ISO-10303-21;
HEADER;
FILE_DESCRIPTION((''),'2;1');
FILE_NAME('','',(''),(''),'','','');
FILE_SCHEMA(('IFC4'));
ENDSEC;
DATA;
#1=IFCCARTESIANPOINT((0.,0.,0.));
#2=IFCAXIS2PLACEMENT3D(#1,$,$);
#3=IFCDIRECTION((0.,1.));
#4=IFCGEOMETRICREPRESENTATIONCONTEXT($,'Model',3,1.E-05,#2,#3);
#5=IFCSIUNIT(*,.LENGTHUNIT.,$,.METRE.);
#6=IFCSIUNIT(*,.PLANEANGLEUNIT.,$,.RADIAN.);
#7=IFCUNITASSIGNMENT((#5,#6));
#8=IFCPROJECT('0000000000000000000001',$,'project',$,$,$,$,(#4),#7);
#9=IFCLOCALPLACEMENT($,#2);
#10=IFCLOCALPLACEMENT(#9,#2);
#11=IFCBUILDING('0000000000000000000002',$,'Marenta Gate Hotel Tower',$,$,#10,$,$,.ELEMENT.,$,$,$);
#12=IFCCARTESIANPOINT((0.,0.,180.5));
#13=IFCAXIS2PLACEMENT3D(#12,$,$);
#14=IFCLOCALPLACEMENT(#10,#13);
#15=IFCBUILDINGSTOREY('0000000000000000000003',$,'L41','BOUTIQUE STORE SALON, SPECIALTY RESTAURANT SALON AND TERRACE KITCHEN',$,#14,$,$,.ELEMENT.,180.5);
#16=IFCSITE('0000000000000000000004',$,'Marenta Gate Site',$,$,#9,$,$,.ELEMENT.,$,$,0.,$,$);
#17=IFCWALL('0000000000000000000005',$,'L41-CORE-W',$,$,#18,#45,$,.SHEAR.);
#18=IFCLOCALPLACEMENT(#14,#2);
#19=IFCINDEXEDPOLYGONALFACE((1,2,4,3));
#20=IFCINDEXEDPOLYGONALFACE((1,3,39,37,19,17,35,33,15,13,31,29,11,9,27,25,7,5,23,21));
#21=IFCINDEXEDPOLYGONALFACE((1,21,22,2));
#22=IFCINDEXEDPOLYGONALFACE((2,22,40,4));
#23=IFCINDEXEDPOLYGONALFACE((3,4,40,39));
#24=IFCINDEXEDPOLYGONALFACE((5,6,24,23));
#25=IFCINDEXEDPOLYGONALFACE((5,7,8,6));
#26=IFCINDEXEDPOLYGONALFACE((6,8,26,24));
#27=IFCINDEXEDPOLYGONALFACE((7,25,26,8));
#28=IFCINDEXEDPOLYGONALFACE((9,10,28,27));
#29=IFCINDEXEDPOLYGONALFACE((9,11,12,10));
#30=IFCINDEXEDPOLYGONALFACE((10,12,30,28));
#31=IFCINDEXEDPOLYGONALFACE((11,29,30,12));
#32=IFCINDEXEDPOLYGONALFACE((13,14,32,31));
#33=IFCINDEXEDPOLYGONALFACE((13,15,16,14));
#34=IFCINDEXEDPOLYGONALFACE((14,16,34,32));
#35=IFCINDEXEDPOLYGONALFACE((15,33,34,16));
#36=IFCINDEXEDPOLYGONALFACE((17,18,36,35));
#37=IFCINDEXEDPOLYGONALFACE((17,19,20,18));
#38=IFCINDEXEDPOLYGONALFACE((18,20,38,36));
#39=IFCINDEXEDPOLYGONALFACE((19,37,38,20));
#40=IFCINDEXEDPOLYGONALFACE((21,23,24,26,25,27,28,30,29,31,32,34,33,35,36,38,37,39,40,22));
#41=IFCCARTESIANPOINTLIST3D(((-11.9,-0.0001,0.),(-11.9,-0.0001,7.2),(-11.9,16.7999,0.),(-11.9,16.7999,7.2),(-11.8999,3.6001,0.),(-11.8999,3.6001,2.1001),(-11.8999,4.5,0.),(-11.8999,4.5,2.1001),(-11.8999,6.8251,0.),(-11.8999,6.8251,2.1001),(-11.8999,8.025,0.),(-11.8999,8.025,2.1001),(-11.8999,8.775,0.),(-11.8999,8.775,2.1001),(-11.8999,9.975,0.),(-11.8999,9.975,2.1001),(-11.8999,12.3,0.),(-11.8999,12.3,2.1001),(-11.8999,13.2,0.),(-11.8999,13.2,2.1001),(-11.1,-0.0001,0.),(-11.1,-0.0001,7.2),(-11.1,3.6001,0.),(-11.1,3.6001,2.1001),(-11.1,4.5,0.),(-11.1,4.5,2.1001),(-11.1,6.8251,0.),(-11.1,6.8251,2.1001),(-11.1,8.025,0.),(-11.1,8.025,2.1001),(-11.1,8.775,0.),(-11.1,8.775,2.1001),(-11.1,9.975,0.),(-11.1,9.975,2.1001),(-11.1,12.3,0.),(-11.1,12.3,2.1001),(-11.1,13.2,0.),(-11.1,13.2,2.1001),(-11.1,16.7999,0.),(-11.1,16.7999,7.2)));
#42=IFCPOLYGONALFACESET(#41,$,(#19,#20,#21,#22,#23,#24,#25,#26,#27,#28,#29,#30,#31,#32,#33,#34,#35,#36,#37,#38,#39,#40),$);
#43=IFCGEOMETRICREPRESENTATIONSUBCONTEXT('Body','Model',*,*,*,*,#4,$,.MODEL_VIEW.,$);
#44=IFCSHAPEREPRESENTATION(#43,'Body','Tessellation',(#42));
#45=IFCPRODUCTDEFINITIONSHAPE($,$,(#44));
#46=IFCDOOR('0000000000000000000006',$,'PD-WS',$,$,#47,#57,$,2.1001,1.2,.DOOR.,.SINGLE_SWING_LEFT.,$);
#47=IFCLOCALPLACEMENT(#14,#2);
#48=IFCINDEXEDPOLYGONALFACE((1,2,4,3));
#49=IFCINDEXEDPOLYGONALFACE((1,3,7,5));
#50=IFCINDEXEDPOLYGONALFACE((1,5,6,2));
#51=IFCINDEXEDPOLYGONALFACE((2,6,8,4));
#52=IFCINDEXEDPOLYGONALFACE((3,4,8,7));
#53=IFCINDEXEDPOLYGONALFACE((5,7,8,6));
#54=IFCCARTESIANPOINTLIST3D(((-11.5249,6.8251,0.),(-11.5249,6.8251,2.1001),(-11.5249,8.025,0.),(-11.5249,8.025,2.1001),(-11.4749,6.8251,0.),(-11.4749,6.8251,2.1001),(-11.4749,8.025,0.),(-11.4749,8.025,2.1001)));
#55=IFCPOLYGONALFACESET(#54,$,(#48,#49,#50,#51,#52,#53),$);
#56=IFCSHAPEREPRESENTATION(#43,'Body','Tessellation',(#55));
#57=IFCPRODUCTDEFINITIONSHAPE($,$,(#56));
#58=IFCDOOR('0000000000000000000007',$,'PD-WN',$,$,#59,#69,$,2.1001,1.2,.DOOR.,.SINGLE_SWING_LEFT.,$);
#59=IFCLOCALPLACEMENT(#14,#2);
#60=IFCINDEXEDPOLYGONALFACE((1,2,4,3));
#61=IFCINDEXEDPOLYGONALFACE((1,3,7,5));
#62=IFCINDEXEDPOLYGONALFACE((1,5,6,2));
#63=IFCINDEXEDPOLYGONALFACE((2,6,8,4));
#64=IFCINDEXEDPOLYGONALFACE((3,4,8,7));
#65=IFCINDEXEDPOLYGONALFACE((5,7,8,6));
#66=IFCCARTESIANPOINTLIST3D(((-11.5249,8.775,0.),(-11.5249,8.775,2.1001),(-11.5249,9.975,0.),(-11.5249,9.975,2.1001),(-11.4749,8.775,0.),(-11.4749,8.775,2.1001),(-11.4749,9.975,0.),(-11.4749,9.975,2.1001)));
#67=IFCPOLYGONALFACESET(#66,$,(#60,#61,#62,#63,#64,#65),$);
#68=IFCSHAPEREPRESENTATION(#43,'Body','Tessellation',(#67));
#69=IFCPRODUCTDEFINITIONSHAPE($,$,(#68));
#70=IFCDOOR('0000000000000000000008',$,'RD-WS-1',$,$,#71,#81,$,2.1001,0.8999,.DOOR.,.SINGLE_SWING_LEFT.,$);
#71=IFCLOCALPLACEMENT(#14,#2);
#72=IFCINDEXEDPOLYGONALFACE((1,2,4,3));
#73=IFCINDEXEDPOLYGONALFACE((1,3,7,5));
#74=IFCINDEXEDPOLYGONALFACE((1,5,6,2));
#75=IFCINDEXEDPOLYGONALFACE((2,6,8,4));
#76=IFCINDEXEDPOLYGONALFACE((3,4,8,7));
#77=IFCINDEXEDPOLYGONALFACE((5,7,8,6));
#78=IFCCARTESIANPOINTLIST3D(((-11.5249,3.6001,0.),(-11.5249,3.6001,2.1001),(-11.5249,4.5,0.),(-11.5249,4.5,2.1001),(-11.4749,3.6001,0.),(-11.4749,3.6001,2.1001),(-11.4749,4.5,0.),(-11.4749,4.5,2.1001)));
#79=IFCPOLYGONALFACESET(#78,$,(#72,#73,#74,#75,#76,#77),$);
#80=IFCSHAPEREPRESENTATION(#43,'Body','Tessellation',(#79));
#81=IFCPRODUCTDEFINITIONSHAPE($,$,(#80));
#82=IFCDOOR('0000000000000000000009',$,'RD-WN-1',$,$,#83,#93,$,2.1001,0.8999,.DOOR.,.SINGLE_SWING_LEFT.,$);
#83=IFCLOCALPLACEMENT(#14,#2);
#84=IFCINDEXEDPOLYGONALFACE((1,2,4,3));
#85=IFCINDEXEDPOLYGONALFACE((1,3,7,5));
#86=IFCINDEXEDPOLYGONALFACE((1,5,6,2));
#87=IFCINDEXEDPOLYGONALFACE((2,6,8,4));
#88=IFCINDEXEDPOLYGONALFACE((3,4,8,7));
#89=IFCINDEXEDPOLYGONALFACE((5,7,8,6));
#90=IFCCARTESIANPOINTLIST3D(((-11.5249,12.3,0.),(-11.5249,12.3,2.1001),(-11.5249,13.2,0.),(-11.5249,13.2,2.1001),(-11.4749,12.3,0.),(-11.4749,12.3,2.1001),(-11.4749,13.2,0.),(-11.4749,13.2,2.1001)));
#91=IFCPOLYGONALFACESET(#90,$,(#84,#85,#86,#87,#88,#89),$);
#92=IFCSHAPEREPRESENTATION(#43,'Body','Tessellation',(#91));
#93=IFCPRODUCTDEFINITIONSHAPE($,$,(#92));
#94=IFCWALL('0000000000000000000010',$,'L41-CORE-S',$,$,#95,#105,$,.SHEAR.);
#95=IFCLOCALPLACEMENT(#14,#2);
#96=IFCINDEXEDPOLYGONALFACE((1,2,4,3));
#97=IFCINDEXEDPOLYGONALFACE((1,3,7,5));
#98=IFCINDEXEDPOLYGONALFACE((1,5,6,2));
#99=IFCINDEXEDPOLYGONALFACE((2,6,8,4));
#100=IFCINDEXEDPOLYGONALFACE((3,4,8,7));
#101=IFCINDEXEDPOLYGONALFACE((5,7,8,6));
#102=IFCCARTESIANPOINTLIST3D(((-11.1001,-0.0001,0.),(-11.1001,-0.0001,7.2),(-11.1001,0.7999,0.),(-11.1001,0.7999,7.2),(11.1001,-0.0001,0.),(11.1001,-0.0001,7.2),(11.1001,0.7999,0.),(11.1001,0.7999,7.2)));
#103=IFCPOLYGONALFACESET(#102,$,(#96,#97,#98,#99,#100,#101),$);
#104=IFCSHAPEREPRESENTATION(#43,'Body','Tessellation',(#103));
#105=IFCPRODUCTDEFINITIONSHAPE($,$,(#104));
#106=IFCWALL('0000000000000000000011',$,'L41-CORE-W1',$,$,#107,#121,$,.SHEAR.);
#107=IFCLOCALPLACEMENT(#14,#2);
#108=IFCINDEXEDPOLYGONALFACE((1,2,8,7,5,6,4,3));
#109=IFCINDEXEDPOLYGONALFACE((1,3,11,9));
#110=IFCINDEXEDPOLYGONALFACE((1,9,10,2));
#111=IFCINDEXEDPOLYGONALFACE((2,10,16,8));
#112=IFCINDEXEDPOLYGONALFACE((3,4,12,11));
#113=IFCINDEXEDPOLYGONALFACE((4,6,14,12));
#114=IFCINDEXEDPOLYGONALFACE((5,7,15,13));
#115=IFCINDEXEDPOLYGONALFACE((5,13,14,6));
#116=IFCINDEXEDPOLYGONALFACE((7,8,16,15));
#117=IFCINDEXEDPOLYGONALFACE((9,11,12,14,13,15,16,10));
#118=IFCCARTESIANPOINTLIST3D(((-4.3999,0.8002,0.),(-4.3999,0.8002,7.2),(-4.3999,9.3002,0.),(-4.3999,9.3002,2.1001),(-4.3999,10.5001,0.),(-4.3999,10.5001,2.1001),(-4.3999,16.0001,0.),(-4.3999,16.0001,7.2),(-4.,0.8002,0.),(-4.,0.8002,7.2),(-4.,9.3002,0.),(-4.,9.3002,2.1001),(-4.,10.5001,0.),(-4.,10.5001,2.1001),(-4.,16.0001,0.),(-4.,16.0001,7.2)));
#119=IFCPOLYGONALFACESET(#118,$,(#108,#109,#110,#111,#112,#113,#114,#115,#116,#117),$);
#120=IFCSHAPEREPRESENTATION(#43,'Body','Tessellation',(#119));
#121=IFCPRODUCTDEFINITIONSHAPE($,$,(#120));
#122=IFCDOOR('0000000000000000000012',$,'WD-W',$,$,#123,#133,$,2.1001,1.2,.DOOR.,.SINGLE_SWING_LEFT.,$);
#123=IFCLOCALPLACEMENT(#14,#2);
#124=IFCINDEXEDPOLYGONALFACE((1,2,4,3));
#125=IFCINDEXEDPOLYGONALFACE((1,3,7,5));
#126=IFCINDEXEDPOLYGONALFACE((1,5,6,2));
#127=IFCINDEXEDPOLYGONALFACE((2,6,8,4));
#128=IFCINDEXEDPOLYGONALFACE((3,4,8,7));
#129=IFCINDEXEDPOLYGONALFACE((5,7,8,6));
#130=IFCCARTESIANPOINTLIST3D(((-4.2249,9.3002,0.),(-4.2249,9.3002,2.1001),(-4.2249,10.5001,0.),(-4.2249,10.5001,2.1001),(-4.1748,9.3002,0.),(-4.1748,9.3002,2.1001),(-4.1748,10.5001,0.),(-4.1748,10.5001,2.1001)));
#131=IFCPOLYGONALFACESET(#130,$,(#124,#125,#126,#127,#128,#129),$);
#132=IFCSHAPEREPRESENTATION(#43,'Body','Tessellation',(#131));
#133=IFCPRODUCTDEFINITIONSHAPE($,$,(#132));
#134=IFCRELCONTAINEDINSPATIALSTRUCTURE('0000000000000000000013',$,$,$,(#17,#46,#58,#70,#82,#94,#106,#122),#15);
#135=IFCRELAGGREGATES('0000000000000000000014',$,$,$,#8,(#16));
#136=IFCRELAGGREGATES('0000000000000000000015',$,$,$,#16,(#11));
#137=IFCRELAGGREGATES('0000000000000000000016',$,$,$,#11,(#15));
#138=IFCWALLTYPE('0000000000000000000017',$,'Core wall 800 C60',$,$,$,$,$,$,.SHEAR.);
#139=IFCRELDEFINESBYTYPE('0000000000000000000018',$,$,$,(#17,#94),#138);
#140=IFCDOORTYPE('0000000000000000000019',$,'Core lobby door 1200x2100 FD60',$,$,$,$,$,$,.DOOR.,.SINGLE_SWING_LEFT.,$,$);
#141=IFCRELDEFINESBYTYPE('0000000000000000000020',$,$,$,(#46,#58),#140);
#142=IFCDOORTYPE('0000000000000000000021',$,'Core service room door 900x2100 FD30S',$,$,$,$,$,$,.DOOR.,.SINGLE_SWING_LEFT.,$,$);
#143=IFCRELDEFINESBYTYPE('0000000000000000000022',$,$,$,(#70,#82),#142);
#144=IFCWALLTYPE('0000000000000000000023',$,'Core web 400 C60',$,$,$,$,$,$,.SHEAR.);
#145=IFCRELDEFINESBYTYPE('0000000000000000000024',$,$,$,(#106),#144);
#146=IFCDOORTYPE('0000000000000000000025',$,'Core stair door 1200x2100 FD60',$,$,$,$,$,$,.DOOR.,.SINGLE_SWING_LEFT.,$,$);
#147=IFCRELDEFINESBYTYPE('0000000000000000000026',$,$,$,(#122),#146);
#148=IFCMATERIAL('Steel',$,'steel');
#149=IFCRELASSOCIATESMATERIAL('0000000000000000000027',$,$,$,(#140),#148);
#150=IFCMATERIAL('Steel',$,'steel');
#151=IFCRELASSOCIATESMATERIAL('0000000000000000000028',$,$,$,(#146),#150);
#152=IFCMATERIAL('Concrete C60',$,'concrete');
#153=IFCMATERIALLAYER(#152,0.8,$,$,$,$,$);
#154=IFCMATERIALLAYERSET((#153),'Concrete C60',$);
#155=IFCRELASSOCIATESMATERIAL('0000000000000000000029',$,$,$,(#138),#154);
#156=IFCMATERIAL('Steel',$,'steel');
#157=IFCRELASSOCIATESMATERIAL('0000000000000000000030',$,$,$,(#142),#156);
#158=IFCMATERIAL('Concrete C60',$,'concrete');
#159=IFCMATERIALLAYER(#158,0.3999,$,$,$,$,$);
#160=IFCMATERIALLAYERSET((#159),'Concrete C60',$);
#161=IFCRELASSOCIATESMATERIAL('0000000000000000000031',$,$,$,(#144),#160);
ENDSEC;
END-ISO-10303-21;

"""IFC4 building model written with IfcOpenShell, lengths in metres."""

from ifc_helpers import new_model, si_unit, direction, frame, frame_2d, origin, place, context, subcontext, project, spatial, rectangle, extrude, material, layer, layer_set, type_object, element, fill, save


model = new_model("IFC4")

# Units and contexts
model_context = context("Model", 3, precision=1e-05, world=origin(), true_north=direction((0.0, 1.0)))
body_context = subcontext(model_context, "Body", "Model", "MODEL_VIEW")
ifc_project = project(units=[si_unit("LENGTHUNIT", "METRE"), si_unit("PLANEANGLEUNIT", "RADIAN")], contexts=[model_context])

# Site, building, storey
site_placement = place(None, origin())
site = spatial("IfcSite", under=ifc_project, at=site_placement, Name="Marenta Gate Site", CompositionType="ELEMENT", RefElevation=0.0)
building_placement = place(site_placement, origin())
building = spatial("IfcBuilding", under=site, at=building_placement, Name="Marenta Gate Hotel Tower", CompositionType="ELEMENT")
storey_placement = place(building_placement, frame((0.0, 0.0, 180.5)))
storey = spatial("IfcBuildingStorey", under=building, at=storey_placement, Name="L41", Description="BOUTIQUE STORE SALON, SPECIALTY RESTAURANT SALON AND TERRACE KITCHEN", CompositionType="ELEMENT", Elevation=180.5)

# Shared definitions
ifc_material_1 = material(Name="Steel", Category="steel")
door_type_1 = type_object("IfcDoorType", Name="Core lobby door 1200x2100 FD60", OperationType="SINGLE_SWING_LEFT", PredefinedType="DOOR", material=ifc_material_1)

# Shared definitions
ifc_material_2 = material(Name="Steel", Category="steel")
door_type_2 = type_object("IfcDoorType", Name="Core stair door 1200x2100 FD60", OperationType="SINGLE_SWING_LEFT", PredefinedType="DOOR", material=ifc_material_2)

# Wall, openings, doors
ifc_material_3 = material(Name="Concrete C60", Category="concrete")
ifc_layer_1 = layer(ifc_material_3, 0.8)
ifc_layer_set_1 = layer_set([ifc_layer_1], Name="Concrete C60")
wall_type_1 = type_object("IfcWallType", Name="Core wall 800 C60", PredefinedType="SHEAR", material=ifc_layer_set_1)
wall_1_placement = place(storey_placement, frame((-11.5, 0.0, 0.0), z_axis=(0.0, 0.0, 1.0), x_axis=(0.0, 1.0, 0.0)))
wall_1 = element("IfcWall", 1, at=wall_1_placement, inside=storey, type_object=wall_type_1, Name="L41-CORE-W", PredefinedType="SHEAR", context=body_context, shape_type="SweptSolid", body=[
    extrude(rectangle(XDim=16.8, YDim=0.8, at=frame_2d((8.3999, 0.0))), origin(), (0.0, 0.0, 1.0), 7.2),
])
opening_1_placement = place(wall_1_placement, frame((3.6001, 0.0, 0.0)))
opening_1 = element("IfcOpeningElement", 2, at=opening_1_placement, cuts=wall_1, PredefinedType="OPENING", context=body_context, shape_type="SweptSolid", body=[
    extrude(rectangle(XDim=0.8999, YDim=2.1001, at=frame_2d((0.45, 1.05))), frame((0.0, 0.3999, 0.0), z_axis=(0.0, -1.0, 0.0), x_axis=(1.0, 0.0, 0.0)), (0.0, 0.0, 1.0), 0.8),
])
opening_2_placement = place(wall_1_placement, frame((6.825, 0.0, 0.0)))
opening_2 = element("IfcOpeningElement", 3, at=opening_2_placement, cuts=wall_1, PredefinedType="OPENING", context=body_context, shape_type="SweptSolid", body=[
    extrude(rectangle(XDim=1.2, YDim=2.1001, at=frame_2d((0.6001, 1.05))), frame((0.0, 0.3999, 0.0), z_axis=(0.0, -1.0, 0.0), x_axis=(1.0, 0.0, 0.0)), (0.0, 0.0, 1.0), 0.8),
])
opening_3_placement = place(wall_1_placement, frame((12.3, 0.0, 0.0)))
opening_3 = element("IfcOpeningElement", 4, at=opening_3_placement, cuts=wall_1, PredefinedType="OPENING", context=body_context, shape_type="SweptSolid", body=[
    extrude(rectangle(XDim=0.8999, YDim=2.1001, at=frame_2d((0.45, 1.05))), frame((0.0, 0.3999, 0.0), z_axis=(0.0, -1.0, 0.0), x_axis=(1.0, 0.0, 0.0)), (0.0, 0.0, 1.0), 0.8),
])
opening_4_placement = place(wall_1_placement, frame((8.7749, 0.0, 0.0)))
opening_4 = element("IfcOpeningElement", 5, at=opening_4_placement, cuts=wall_1, PredefinedType="OPENING", context=body_context, shape_type="SweptSolid", body=[
    extrude(rectangle(XDim=1.2, YDim=2.1001, at=frame_2d((0.6001, 1.05))), frame((0.0, 0.3999, 0.0), z_axis=(0.0, -1.0, 0.0), x_axis=(1.0, 0.0, 0.0)), (0.0, 0.0, 1.0), 0.8),
])
door_1_placement = place(opening_2_placement, origin())
door_1 = element("IfcDoor", 6, at=door_1_placement, inside=storey, type_object=door_type_1, Name="PD-WS", OperationType="SINGLE_SWING_LEFT", OverallHeight=2.1001, OverallWidth=1.2, PredefinedType="DOOR", context=body_context, shape_type="SweptSolid", body=[
    extrude(rectangle(XDim=1.2, YDim=2.1001, at=frame_2d((0.6001, 1.05))), frame((0.0, 0.0249, 0.0), z_axis=(0.0, -1.0, 0.0), x_axis=(1.0, 0.0, 0.0)), (0.0, 0.0, 1.0), 0.05),
])
fill(opening_2, door_1)
door_2_placement = place(opening_4_placement, origin())
door_2 = element("IfcDoor", 7, at=door_2_placement, inside=storey, type_object=door_type_1, Name="PD-WN", OperationType="SINGLE_SWING_LEFT", OverallHeight=2.1001, OverallWidth=1.2, PredefinedType="DOOR", context=body_context, shape_type="SweptSolid", body=[
    extrude(rectangle(XDim=1.2, YDim=2.1001, at=frame_2d((0.6001, 1.05))), frame((0.0, 0.0249, 0.0), z_axis=(0.0, -1.0, 0.0), x_axis=(1.0, 0.0, 0.0)), (0.0, 0.0, 1.0), 0.05),
])
fill(opening_4, door_2)
ifc_material_4 = material(Name="Steel", Category="steel")
door_type_3 = type_object("IfcDoorType", Name="Core service room door 900x2100 FD30S", OperationType="SINGLE_SWING_LEFT", PredefinedType="DOOR", material=ifc_material_4)
door_3_placement = place(opening_1_placement, origin())
door_3 = element("IfcDoor", 8, at=door_3_placement, inside=storey, type_object=door_type_3, Name="RD-WS-1", OperationType="SINGLE_SWING_LEFT", OverallHeight=2.1001, OverallWidth=0.8999, PredefinedType="DOOR", context=body_context, shape_type="SweptSolid", body=[
    extrude(rectangle(XDim=0.8999, YDim=2.1001, at=frame_2d((0.45, 1.05))), frame((0.0, 0.0249, 0.0), z_axis=(0.0, -1.0, 0.0), x_axis=(1.0, 0.0, 0.0)), (0.0, 0.0, 1.0), 0.05),
])
fill(opening_1, door_3)
door_4_placement = place(opening_3_placement, origin())
door_4 = element("IfcDoor", 9, at=door_4_placement, inside=storey, type_object=door_type_3, Name="RD-WN-1", OperationType="SINGLE_SWING_LEFT", OverallHeight=2.1001, OverallWidth=0.8999, PredefinedType="DOOR", context=body_context, shape_type="SweptSolid", body=[
    extrude(rectangle(XDim=0.8999, YDim=2.1001, at=frame_2d((0.45, 1.05))), frame((0.0, 0.0249, 0.0), z_axis=(0.0, -1.0, 0.0), x_axis=(1.0, 0.0, 0.0)), (0.0, 0.0, 1.0), 0.05),
])
fill(opening_3, door_4)

# Wall
wall_2_placement = place(storey_placement, frame((-11.1001, 0.3999, 0.0), z_axis=(0.0, 0.0, 1.0), x_axis=(1.0, 0.0, 0.0)))
element("IfcWall", 10, at=wall_2_placement, inside=storey, type_object=wall_type_1, Name="L41-CORE-S", PredefinedType="SHEAR", context=body_context, shape_type="SweptSolid", body=[
    extrude(rectangle(XDim=22.2002, YDim=0.8, at=frame_2d((11.1001, 0.0))), origin(), (0.0, 0.0, 1.0), 7.2),
])

# Wall, opening, door
ifc_material_5 = material(Name="Concrete C60", Category="concrete")
ifc_layer_2 = layer(ifc_material_5, 0.3999)
ifc_layer_set_2 = layer_set([ifc_layer_2], Name="Concrete C60")
wall_type_2 = type_object("IfcWallType", Name="Core web 400 C60", PredefinedType="SHEAR", material=ifc_layer_set_2)
wall_3_placement = place(storey_placement, frame((-4.2, 0.8, 0.0), z_axis=(0.0, 0.0, 1.0), x_axis=(0.0, 1.0, 0.0)))
wall_3 = element("IfcWall", 11, at=wall_3_placement, inside=storey, type_object=wall_type_2, Name="L41-CORE-W1", PredefinedType="SHEAR", context=body_context, shape_type="SweptSolid", body=[
    extrude(rectangle(XDim=15.2, YDim=0.3999, at=frame_2d((7.6001, 0.0))), origin(), (0.0, 0.0, 1.0), 7.2),
])
opening_5_placement = place(wall_3_placement, frame((8.5, 0.0, 0.0)))
opening_5 = element("IfcOpeningElement", 12, at=opening_5_placement, cuts=wall_3, PredefinedType="OPENING", context=body_context, shape_type="SweptSolid", body=[
    extrude(rectangle(XDim=1.2, YDim=2.1001, at=frame_2d((0.6001, 1.05))), frame((0.0, 0.2, 0.0), z_axis=(0.0, -1.0, 0.0), x_axis=(1.0, 0.0, 0.0)), (0.0, 0.0, 1.0), 0.3999),
])
door_5_placement = place(opening_5_placement, origin())
door_5 = element("IfcDoor", 13, at=door_5_placement, inside=storey, type_object=door_type_2, Name="WD-W", OperationType="SINGLE_SWING_LEFT", OverallHeight=2.1001, OverallWidth=1.2, PredefinedType="DOOR", context=body_context, shape_type="SweptSolid", body=[
    extrude(rectangle(XDim=1.2, YDim=2.1001, at=frame_2d((0.6001, 1.05))), frame((0.0, 0.0249, 0.0), z_axis=(0.0, -1.0, 0.0), x_axis=(1.0, 0.0, 0.0)), (0.0, 0.0, 1.0), 0.05),
])
fill(opening_5, door_5)

save(model, "model.ifc")
